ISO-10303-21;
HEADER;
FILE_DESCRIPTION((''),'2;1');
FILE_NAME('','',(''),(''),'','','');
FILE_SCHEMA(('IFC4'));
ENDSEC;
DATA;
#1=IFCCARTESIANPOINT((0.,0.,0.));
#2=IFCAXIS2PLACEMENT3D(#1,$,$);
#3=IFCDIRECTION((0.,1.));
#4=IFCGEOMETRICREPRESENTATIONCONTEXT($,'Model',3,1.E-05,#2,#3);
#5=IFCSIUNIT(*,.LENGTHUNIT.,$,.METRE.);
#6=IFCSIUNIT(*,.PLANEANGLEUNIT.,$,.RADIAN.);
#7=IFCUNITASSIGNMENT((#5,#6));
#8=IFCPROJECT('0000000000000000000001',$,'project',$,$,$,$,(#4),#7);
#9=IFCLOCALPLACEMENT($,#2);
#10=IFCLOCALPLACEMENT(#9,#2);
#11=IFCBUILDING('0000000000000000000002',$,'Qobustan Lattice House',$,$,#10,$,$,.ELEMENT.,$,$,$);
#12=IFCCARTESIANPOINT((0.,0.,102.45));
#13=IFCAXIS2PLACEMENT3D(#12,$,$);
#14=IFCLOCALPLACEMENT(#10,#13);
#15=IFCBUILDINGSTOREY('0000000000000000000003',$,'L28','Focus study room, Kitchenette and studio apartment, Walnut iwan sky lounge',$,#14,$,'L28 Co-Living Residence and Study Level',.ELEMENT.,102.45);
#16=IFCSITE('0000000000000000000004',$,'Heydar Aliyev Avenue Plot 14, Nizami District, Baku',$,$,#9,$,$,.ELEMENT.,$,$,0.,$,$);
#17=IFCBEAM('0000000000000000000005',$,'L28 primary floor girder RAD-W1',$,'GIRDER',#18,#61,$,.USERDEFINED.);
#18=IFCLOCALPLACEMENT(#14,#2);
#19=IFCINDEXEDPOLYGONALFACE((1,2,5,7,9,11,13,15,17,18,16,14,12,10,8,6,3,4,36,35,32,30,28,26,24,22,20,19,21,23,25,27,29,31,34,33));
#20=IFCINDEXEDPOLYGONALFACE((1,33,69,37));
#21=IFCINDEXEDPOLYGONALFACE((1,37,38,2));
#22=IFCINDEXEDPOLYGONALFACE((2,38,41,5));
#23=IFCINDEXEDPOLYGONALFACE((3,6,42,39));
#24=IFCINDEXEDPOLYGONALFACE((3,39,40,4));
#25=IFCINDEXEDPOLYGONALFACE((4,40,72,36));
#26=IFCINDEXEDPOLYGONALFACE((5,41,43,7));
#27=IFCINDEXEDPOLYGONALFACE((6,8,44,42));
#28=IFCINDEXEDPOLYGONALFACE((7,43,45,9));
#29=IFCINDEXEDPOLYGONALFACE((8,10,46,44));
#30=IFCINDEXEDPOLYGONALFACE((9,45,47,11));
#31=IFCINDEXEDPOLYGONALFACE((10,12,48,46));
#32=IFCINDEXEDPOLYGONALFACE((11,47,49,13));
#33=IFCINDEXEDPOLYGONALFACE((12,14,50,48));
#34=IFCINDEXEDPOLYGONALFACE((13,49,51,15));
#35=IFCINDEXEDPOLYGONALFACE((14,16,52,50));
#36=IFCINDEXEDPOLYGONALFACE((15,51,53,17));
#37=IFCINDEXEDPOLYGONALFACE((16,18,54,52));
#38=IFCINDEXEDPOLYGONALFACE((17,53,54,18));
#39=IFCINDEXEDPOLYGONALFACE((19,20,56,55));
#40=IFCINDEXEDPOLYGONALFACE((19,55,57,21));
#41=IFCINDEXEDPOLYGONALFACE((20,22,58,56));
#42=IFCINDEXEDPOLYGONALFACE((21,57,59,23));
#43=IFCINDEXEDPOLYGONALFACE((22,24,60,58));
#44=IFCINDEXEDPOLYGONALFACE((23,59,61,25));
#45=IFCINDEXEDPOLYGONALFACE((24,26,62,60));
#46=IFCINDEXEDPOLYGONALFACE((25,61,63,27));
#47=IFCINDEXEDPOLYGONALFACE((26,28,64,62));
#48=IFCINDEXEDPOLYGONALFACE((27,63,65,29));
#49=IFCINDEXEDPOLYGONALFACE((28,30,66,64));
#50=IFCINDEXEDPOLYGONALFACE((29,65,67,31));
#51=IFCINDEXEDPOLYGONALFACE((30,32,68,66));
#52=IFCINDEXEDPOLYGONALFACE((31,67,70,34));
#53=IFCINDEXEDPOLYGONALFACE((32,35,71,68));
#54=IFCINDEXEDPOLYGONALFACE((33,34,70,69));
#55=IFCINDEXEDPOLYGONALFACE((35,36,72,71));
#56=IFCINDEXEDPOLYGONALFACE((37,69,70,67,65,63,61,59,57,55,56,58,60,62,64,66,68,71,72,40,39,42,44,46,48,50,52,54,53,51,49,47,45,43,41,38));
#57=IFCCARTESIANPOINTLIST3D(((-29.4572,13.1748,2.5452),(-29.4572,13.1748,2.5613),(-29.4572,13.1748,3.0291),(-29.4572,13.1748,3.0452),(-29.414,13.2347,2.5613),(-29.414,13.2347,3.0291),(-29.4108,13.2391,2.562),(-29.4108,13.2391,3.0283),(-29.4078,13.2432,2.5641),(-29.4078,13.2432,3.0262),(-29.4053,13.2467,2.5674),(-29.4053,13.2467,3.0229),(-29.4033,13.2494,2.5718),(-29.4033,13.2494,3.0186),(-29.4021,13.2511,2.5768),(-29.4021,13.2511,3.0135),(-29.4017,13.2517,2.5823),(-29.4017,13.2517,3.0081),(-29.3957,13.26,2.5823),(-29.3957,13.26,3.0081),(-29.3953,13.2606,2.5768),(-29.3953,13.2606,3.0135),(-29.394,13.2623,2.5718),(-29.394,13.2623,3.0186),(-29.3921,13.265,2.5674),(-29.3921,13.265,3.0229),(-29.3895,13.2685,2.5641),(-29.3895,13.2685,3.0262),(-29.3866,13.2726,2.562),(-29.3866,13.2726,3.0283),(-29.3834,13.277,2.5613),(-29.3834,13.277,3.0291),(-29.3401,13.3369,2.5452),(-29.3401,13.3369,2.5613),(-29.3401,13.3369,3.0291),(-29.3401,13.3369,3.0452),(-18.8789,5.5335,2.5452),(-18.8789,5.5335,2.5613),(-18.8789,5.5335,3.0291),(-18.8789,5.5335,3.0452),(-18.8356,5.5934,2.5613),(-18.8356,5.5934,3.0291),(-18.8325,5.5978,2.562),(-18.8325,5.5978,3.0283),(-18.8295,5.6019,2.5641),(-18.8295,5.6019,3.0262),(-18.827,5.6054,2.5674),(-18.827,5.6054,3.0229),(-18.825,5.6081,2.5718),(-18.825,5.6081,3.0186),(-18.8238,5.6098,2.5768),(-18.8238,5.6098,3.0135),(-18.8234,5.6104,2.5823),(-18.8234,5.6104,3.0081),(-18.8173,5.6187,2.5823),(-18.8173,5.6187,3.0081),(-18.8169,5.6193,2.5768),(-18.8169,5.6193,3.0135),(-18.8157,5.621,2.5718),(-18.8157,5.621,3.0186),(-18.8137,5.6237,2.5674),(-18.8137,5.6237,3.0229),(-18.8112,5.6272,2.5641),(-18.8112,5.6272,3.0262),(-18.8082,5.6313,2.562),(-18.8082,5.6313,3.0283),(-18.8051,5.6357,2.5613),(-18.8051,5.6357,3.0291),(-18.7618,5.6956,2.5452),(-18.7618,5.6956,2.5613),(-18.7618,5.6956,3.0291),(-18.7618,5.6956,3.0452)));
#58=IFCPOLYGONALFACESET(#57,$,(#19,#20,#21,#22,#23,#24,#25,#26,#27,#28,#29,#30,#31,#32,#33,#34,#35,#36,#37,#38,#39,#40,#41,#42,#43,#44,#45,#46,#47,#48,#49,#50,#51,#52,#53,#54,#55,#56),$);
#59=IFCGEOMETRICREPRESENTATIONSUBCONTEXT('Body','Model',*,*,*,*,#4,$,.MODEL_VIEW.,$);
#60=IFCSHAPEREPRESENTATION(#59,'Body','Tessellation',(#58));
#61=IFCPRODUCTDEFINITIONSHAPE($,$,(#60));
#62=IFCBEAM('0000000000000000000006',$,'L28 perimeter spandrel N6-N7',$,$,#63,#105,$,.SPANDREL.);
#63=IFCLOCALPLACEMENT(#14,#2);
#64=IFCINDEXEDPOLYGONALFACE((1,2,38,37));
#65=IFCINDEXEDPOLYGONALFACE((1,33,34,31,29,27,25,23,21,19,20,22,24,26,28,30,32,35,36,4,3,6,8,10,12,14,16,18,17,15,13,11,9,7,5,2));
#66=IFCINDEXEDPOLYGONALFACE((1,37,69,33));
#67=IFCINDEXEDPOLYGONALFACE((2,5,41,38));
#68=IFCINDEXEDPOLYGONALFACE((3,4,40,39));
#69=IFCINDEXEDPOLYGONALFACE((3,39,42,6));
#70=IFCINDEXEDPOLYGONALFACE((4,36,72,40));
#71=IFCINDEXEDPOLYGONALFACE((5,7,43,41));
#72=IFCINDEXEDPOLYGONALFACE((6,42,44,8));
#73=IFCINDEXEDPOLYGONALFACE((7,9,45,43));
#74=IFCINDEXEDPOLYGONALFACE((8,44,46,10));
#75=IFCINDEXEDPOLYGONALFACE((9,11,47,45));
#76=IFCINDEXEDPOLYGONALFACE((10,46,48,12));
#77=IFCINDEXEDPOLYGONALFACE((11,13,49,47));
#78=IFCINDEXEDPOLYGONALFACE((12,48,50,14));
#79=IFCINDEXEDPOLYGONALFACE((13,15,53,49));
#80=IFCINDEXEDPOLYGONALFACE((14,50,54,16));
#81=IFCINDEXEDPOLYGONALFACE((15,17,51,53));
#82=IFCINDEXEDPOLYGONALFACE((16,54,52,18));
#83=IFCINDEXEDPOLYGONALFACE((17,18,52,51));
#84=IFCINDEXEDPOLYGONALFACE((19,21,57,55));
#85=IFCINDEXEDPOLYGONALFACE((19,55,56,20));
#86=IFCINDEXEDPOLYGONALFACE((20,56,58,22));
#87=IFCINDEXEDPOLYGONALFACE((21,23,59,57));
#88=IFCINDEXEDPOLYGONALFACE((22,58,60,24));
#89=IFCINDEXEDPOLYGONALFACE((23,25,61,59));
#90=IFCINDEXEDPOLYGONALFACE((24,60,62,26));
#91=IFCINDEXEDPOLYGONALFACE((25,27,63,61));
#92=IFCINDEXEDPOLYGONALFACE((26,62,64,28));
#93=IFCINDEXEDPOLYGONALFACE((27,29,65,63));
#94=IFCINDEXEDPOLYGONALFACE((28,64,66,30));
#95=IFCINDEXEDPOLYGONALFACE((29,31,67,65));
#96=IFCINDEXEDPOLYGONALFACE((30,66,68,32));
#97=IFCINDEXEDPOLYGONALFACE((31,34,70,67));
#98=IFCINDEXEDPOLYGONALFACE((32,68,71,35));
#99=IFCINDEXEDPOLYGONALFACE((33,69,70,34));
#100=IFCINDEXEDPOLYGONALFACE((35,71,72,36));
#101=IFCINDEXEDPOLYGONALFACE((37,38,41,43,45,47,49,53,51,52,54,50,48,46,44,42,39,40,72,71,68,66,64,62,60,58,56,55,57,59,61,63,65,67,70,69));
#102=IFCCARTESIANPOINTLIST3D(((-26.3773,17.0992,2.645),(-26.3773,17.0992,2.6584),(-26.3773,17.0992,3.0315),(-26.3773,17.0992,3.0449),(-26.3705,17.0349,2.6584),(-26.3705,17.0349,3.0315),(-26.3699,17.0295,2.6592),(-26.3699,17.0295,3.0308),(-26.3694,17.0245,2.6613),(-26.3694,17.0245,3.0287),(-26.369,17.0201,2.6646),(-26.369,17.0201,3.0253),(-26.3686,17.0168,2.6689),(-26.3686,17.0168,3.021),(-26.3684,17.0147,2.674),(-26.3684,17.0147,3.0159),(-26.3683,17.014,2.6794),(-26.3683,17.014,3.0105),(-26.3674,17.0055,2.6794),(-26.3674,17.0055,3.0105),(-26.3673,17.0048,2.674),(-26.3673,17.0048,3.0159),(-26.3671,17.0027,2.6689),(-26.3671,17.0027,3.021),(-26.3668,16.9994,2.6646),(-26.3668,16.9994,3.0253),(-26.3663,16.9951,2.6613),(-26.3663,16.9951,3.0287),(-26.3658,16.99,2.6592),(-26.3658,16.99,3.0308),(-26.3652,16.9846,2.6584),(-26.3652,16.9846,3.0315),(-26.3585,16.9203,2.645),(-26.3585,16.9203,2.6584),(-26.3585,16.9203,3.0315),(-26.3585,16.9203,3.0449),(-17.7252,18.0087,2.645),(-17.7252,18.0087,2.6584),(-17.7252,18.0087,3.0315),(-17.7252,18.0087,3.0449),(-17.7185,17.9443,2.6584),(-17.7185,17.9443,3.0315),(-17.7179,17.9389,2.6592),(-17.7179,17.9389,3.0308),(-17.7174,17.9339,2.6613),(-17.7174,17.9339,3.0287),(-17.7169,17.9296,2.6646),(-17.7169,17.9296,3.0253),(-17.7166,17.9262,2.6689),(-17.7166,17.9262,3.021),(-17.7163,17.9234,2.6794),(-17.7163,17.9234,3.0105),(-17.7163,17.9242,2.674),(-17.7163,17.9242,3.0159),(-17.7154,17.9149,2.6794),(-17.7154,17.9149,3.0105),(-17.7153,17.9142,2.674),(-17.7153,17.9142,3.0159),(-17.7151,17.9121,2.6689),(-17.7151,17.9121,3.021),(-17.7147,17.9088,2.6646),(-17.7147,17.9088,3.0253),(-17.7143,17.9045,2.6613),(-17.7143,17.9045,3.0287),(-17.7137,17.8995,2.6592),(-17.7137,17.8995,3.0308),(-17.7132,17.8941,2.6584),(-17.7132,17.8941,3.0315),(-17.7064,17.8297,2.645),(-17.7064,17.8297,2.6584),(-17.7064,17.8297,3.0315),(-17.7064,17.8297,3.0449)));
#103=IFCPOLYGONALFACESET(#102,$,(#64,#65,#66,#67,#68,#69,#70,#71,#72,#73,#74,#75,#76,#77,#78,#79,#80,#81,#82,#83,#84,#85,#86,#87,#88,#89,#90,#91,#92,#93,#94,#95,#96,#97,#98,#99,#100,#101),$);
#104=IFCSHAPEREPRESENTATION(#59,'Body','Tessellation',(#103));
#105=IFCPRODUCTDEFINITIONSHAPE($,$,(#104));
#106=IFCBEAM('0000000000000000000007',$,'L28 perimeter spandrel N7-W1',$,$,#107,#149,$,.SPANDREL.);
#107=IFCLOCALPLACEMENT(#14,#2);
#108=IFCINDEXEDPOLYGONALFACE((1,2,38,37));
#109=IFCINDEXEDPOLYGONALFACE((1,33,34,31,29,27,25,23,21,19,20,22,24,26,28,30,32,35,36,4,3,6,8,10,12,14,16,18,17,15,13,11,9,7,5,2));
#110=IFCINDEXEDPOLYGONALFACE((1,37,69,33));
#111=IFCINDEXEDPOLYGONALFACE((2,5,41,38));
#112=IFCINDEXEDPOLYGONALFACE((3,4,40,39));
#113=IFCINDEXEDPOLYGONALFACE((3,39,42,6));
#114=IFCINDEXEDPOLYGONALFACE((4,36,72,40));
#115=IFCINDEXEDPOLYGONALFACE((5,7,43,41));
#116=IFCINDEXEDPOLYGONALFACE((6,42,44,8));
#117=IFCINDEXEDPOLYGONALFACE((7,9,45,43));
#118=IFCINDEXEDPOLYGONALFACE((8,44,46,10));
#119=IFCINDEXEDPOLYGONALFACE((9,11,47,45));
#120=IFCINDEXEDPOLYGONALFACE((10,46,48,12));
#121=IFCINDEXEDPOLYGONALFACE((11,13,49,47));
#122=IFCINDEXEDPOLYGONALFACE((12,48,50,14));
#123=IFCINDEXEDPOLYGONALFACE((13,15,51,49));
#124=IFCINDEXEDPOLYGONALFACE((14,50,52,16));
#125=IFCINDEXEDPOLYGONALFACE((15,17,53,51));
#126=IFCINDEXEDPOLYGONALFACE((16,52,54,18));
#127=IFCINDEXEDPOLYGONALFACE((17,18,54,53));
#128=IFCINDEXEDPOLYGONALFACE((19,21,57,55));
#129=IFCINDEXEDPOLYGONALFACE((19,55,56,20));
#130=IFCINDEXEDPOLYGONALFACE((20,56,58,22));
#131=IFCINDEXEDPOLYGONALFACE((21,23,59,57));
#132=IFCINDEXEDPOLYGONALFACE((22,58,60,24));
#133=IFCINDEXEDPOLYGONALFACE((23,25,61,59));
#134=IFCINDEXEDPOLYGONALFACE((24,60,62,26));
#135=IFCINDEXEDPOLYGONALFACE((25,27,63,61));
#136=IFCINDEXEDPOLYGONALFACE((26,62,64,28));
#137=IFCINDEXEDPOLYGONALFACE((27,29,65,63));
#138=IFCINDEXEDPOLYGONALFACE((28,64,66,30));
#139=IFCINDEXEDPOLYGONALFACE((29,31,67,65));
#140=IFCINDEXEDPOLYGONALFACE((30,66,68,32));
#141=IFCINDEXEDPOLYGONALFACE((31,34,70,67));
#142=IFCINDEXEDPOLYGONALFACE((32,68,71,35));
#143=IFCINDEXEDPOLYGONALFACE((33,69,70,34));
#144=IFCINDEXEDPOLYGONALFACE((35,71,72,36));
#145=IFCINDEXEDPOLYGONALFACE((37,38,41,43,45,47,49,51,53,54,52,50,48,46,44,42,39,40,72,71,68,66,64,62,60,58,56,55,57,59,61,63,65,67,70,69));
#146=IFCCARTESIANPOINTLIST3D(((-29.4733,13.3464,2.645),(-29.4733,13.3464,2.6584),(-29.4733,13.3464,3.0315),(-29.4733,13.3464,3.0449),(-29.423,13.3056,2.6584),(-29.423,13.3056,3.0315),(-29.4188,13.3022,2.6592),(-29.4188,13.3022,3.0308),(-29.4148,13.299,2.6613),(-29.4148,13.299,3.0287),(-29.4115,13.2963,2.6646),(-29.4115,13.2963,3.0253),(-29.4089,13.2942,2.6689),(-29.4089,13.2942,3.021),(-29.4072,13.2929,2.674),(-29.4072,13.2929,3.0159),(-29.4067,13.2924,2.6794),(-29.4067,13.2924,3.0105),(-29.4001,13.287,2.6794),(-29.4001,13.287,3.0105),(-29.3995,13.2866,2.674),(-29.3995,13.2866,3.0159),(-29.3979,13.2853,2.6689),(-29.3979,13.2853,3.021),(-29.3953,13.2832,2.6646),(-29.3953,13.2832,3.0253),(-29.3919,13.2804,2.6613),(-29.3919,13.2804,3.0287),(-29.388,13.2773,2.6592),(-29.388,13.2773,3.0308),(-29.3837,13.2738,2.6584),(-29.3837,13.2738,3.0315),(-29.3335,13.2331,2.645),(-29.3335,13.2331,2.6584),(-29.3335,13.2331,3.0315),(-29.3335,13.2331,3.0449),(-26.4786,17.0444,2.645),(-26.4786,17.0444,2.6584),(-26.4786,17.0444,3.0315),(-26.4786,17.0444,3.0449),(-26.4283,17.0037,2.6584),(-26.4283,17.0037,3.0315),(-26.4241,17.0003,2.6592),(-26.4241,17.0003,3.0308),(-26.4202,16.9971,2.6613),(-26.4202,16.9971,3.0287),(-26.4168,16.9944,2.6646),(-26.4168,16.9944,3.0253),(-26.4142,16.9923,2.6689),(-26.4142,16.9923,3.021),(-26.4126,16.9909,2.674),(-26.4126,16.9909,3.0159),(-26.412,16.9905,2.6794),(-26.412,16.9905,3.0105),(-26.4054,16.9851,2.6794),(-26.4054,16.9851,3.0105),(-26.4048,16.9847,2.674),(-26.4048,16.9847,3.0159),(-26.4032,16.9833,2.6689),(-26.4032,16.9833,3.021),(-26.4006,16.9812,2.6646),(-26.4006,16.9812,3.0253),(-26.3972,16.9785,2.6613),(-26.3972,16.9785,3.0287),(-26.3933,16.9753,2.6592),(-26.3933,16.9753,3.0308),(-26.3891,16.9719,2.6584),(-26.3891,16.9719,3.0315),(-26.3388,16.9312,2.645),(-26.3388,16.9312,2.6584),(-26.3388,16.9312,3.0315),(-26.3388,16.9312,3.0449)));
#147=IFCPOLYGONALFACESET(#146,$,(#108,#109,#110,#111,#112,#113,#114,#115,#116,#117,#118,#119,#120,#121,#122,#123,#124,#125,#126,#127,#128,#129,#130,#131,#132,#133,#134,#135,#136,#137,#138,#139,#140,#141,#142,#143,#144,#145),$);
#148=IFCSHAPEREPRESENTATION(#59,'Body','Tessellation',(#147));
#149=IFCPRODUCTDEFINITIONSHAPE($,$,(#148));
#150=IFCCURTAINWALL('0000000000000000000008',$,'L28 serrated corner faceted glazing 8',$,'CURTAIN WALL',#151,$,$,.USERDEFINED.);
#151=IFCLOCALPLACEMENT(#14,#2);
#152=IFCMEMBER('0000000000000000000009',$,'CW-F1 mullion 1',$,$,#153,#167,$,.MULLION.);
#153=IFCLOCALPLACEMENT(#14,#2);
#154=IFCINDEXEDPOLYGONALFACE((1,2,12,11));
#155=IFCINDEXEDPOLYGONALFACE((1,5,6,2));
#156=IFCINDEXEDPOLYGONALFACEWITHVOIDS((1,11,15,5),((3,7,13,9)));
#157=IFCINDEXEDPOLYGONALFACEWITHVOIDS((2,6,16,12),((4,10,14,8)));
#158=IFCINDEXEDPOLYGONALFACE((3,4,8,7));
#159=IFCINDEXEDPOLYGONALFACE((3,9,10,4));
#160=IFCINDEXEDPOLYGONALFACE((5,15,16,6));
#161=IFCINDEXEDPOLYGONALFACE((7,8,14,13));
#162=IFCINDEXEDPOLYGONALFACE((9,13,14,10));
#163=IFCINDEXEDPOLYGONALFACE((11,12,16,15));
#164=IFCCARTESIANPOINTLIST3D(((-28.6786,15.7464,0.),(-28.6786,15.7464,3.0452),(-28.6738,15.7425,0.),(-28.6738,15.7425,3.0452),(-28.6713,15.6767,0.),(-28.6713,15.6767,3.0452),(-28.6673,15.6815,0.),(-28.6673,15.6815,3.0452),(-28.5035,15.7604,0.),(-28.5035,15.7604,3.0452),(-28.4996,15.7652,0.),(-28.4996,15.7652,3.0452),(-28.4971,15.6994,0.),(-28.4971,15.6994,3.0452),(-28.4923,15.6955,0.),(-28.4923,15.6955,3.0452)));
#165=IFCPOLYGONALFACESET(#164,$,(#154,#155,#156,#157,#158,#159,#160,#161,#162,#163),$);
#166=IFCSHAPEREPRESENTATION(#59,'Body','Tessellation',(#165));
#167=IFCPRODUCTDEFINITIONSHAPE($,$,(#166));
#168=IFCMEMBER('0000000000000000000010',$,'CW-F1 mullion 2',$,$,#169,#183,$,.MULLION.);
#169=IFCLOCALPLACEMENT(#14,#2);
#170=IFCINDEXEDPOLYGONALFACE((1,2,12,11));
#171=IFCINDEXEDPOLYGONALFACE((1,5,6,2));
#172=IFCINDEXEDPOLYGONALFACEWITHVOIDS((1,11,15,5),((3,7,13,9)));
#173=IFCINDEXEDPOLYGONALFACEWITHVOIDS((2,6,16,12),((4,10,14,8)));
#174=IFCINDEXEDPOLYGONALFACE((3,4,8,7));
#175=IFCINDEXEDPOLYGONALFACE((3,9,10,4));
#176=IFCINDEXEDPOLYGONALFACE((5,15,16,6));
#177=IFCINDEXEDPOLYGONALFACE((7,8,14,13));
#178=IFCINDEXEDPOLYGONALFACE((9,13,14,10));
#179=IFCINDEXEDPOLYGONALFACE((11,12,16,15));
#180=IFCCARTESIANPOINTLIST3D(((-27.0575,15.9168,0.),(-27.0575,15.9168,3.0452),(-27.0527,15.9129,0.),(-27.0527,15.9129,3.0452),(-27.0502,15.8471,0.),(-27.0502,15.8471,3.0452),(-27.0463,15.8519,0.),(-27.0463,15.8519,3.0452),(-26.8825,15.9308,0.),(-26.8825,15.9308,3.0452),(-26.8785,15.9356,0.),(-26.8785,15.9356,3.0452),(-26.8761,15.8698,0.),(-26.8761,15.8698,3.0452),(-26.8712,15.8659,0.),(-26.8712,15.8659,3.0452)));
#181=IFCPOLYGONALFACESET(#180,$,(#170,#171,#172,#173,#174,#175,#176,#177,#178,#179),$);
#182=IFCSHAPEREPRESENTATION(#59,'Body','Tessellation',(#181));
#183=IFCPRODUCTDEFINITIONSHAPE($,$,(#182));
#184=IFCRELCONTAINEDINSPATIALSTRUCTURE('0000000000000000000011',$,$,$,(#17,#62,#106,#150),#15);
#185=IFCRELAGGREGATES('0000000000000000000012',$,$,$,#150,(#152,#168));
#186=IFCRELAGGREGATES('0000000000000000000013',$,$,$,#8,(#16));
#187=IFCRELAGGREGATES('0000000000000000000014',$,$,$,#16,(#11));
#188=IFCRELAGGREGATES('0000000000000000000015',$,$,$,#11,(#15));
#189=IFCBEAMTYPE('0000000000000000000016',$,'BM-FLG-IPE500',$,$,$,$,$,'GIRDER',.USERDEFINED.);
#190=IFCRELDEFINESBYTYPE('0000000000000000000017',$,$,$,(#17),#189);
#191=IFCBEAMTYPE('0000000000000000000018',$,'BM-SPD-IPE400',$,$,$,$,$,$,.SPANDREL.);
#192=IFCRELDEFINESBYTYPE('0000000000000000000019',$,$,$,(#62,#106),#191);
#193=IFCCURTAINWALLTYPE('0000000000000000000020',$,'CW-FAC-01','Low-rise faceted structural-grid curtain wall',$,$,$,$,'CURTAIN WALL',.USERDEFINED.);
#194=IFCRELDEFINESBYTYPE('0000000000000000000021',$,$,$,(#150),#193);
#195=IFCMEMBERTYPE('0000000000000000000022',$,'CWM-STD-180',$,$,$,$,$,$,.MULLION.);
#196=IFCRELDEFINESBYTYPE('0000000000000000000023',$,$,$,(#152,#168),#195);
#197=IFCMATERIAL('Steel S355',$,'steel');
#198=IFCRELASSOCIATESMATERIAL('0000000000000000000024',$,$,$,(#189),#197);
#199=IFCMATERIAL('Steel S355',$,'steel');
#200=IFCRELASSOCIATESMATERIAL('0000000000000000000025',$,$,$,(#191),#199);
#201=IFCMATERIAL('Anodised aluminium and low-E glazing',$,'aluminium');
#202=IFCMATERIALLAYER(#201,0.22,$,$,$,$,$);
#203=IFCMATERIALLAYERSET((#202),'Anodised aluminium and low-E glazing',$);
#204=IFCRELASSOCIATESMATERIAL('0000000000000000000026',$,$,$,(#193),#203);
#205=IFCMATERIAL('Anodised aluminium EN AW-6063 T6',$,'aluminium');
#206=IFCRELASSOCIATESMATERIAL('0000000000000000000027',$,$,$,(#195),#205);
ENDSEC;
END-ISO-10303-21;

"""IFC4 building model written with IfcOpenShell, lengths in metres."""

from ifc_helpers import new_model, si_unit, direction, frame, origin, origin_2d, place, context, subcontext, project, spatial, hollow_rectangle, i_section, extrude, material, layer, layer_set, material_profile, profile_set, type_object, element, aggregate, save


model = new_model("IFC4")

# Units and contexts
model_context = context("Model", 3, precision=1e-05, world=origin(), true_north=direction((0.0, 1.0)))
body_context = subcontext(model_context, "Body", "Model", "MODEL_VIEW")
ifc_project = project(units=[si_unit("LENGTHUNIT", "METRE"), si_unit("PLANEANGLEUNIT", "RADIAN")], contexts=[model_context])

# Site, building, storey
site_placement = place(None, origin())
site = spatial("IfcSite", under=ifc_project, at=site_placement, Name="Heydar Aliyev Avenue Plot 14, Nizami District, Baku", CompositionType="ELEMENT", RefElevation=0.0)
building_placement = place(site_placement, origin())
building = spatial("IfcBuilding", under=site, at=building_placement, Name="Qobustan Lattice House", CompositionType="ELEMENT")
storey_placement = place(building_placement, frame((0.0, 0.0, 102.45)))
storey = spatial("IfcBuildingStorey", under=building, at=storey_placement, Name="L28", Description="Focus study room, Kitchenette and studio apartment, Walnut iwan sky lounge", LongName="L28 Co-Living Residence and Study Level", CompositionType="ELEMENT", Elevation=102.45)

# Beams
ifc_material_1 = material(Name="Steel S355", Category="steel")
ifc_material_profile_1 = material_profile(ifc_material_1, i_section(OverallWidth=0.2, OverallDepth=0.5, WebThickness=0.0103, FlangeThickness=0.0161, FilletRadius=0.021, at=origin_2d()), Name="IPE500")
ifc_profile_set_1 = profile_set([ifc_material_profile_1], Name="Steel S355")
beam_type_1 = type_object("IfcBeamType", Name="BM-FLG-IPE500", ElementType="GIRDER", PredefinedType="USERDEFINED", material=ifc_profile_set_1)
beam_1_placement = place(storey_placement, frame((-29.3987, 13.2559, 2.7952), z_axis=(0.810627, -0.585562, 0.0), x_axis=(0.585562, 0.810627, 0.0)))
element("IfcBeam", 1, at=beam_1_placement, inside=storey, type_object=beam_type_1, Name="L28 primary floor girder RAD-W1", ObjectType="GIRDER", PredefinedType="USERDEFINED", context=body_context, shape_type="SweptSolid", body=[
    extrude(i_section(OverallWidth=0.2, OverallDepth=0.5, WebThickness=0.0103, FlangeThickness=0.0161, FilletRadius=0.021, at=origin_2d()), origin(), (0.0, 0.0, 1.0), 13.0496),
])
ifc_material_2 = material(Name="Steel S355", Category="steel")
ifc_material_profile_2 = material_profile(ifc_material_2, i_section(OverallWidth=0.1799, OverallDepth=0.3999, WebThickness=0.0085, FlangeThickness=0.0134, FilletRadius=0.021, at=origin_2d()), Name="IPE400")
ifc_profile_set_2 = profile_set([ifc_material_profile_2], Name="Steel S355")
beam_type_2 = type_object("IfcBeamType", Name="BM-SPD-IPE400", PredefinedType="SPANDREL", material=ifc_profile_set_2)
beam_2_placement = place(storey_placement, frame((-17.7158, 17.9192, 2.845), z_axis=(-0.994521, -0.104534, 0.0), x_axis=(0.104534, -0.994521, 0.0)))
element("IfcBeam", 2, at=beam_2_placement, inside=storey, type_object=beam_type_2, Name="L28 perimeter spandrel N6-N7", PredefinedType="SPANDREL", context=body_context, shape_type="SweptSolid", body=[
    extrude(i_section(OverallWidth=0.1799, OverallDepth=0.3999, WebThickness=0.0085, FlangeThickness=0.0134, FilletRadius=0.021, at=origin_2d()), origin(), (0.0, 0.0, 1.0), 8.6997),
])
beam_3_placement = place(storey_placement, frame((-26.4087, 16.9878, 2.845), z_axis=(-0.629327, -0.777141, 0.0), x_axis=(0.777141, -0.629327, 0.0)))
element("IfcBeam", 3, at=beam_3_placement, inside=storey, type_object=beam_type_2, Name="L28 perimeter spandrel N7-W1", PredefinedType="SPANDREL", context=body_context, shape_type="SweptSolid", body=[
    extrude(i_section(OverallWidth=0.1799, OverallDepth=0.3999, WebThickness=0.0085, FlangeThickness=0.0134, FilletRadius=0.021, at=origin_2d()), origin(), (0.0, 0.0, 1.0), 4.7585),
])

# Curtain wall, members
ifc_material_3 = material(Name="Anodised aluminium and low-E glazing", Category="aluminium")
ifc_layer_1 = layer(ifc_material_3, 0.22)
ifc_layer_set_1 = layer_set([ifc_layer_1], Name="Anodised aluminium and low-E glazing")
curtain_wall_type = type_object("IfcCurtainWallType", Name="CW-FAC-01", Description="Low-rise faceted structural-grid curtain wall", ElementType="CURTAIN WALL", PredefinedType="USERDEFINED", material=ifc_layer_set_1)
curtain_wall_placement = place(storey_placement, origin())
curtain_wall = element("IfcCurtainWall", 4, at=curtain_wall_placement, inside=storey, type_object=curtain_wall_type, Name="L28 serrated corner faceted glazing 8", ObjectType="CURTAIN WALL", PredefinedType="USERDEFINED")
ifc_material_4 = material(Name="Anodised aluminium EN AW-6063 T6", Category="aluminium")
ifc_material_profile_3 = material_profile(ifc_material_4, hollow_rectangle(XDim=0.0701, YDim=0.1799, WallThickness=0.0044, at=origin_2d()), Name="CWM-180x70")
ifc_profile_set_3 = profile_set([ifc_material_profile_3], Name="Anodised aluminium EN AW-6063 T6")
member_type_1 = type_object("IfcMemberType", Name="CWM-STD-180", PredefinedType="MULLION", material=ifc_profile_set_3)
member_1_placement = place(storey_placement, frame((-28.5854, 15.7209, 0.0), z_axis=(0.0, 0.0, 1.0), x_axis=(-0.104529, 0.994522, 0.0)))
member_1 = element("IfcMember", 5, at=member_1_placement, type_object=member_type_1, Name="CW-F1 mullion 1", PredefinedType="MULLION", context=body_context, shape_type="SweptSolid", body=[
    extrude(hollow_rectangle(XDim=0.0701, YDim=0.1799, WallThickness=0.0044, at=origin_2d()), origin(), (0.0, 0.0, 1.0), 3.0452),
])
member_2_placement = place(storey_placement, frame((-26.9644, 15.8914, 0.0), z_axis=(0.0, 0.0, 1.0), x_axis=(-0.104529, 0.994522, 0.0)))
member_2 = element("IfcMember", 6, at=member_2_placement, type_object=member_type_1, Name="CW-F1 mullion 2", PredefinedType="MULLION", context=body_context, shape_type="SweptSolid", body=[
    extrude(hollow_rectangle(XDim=0.0701, YDim=0.1799, WallThickness=0.0044, at=origin_2d()), origin(), (0.0, 0.0, 1.0), 3.0452),
])
aggregate(curtain_wall, [member_1, member_2])

save(model, "model.ifc")
